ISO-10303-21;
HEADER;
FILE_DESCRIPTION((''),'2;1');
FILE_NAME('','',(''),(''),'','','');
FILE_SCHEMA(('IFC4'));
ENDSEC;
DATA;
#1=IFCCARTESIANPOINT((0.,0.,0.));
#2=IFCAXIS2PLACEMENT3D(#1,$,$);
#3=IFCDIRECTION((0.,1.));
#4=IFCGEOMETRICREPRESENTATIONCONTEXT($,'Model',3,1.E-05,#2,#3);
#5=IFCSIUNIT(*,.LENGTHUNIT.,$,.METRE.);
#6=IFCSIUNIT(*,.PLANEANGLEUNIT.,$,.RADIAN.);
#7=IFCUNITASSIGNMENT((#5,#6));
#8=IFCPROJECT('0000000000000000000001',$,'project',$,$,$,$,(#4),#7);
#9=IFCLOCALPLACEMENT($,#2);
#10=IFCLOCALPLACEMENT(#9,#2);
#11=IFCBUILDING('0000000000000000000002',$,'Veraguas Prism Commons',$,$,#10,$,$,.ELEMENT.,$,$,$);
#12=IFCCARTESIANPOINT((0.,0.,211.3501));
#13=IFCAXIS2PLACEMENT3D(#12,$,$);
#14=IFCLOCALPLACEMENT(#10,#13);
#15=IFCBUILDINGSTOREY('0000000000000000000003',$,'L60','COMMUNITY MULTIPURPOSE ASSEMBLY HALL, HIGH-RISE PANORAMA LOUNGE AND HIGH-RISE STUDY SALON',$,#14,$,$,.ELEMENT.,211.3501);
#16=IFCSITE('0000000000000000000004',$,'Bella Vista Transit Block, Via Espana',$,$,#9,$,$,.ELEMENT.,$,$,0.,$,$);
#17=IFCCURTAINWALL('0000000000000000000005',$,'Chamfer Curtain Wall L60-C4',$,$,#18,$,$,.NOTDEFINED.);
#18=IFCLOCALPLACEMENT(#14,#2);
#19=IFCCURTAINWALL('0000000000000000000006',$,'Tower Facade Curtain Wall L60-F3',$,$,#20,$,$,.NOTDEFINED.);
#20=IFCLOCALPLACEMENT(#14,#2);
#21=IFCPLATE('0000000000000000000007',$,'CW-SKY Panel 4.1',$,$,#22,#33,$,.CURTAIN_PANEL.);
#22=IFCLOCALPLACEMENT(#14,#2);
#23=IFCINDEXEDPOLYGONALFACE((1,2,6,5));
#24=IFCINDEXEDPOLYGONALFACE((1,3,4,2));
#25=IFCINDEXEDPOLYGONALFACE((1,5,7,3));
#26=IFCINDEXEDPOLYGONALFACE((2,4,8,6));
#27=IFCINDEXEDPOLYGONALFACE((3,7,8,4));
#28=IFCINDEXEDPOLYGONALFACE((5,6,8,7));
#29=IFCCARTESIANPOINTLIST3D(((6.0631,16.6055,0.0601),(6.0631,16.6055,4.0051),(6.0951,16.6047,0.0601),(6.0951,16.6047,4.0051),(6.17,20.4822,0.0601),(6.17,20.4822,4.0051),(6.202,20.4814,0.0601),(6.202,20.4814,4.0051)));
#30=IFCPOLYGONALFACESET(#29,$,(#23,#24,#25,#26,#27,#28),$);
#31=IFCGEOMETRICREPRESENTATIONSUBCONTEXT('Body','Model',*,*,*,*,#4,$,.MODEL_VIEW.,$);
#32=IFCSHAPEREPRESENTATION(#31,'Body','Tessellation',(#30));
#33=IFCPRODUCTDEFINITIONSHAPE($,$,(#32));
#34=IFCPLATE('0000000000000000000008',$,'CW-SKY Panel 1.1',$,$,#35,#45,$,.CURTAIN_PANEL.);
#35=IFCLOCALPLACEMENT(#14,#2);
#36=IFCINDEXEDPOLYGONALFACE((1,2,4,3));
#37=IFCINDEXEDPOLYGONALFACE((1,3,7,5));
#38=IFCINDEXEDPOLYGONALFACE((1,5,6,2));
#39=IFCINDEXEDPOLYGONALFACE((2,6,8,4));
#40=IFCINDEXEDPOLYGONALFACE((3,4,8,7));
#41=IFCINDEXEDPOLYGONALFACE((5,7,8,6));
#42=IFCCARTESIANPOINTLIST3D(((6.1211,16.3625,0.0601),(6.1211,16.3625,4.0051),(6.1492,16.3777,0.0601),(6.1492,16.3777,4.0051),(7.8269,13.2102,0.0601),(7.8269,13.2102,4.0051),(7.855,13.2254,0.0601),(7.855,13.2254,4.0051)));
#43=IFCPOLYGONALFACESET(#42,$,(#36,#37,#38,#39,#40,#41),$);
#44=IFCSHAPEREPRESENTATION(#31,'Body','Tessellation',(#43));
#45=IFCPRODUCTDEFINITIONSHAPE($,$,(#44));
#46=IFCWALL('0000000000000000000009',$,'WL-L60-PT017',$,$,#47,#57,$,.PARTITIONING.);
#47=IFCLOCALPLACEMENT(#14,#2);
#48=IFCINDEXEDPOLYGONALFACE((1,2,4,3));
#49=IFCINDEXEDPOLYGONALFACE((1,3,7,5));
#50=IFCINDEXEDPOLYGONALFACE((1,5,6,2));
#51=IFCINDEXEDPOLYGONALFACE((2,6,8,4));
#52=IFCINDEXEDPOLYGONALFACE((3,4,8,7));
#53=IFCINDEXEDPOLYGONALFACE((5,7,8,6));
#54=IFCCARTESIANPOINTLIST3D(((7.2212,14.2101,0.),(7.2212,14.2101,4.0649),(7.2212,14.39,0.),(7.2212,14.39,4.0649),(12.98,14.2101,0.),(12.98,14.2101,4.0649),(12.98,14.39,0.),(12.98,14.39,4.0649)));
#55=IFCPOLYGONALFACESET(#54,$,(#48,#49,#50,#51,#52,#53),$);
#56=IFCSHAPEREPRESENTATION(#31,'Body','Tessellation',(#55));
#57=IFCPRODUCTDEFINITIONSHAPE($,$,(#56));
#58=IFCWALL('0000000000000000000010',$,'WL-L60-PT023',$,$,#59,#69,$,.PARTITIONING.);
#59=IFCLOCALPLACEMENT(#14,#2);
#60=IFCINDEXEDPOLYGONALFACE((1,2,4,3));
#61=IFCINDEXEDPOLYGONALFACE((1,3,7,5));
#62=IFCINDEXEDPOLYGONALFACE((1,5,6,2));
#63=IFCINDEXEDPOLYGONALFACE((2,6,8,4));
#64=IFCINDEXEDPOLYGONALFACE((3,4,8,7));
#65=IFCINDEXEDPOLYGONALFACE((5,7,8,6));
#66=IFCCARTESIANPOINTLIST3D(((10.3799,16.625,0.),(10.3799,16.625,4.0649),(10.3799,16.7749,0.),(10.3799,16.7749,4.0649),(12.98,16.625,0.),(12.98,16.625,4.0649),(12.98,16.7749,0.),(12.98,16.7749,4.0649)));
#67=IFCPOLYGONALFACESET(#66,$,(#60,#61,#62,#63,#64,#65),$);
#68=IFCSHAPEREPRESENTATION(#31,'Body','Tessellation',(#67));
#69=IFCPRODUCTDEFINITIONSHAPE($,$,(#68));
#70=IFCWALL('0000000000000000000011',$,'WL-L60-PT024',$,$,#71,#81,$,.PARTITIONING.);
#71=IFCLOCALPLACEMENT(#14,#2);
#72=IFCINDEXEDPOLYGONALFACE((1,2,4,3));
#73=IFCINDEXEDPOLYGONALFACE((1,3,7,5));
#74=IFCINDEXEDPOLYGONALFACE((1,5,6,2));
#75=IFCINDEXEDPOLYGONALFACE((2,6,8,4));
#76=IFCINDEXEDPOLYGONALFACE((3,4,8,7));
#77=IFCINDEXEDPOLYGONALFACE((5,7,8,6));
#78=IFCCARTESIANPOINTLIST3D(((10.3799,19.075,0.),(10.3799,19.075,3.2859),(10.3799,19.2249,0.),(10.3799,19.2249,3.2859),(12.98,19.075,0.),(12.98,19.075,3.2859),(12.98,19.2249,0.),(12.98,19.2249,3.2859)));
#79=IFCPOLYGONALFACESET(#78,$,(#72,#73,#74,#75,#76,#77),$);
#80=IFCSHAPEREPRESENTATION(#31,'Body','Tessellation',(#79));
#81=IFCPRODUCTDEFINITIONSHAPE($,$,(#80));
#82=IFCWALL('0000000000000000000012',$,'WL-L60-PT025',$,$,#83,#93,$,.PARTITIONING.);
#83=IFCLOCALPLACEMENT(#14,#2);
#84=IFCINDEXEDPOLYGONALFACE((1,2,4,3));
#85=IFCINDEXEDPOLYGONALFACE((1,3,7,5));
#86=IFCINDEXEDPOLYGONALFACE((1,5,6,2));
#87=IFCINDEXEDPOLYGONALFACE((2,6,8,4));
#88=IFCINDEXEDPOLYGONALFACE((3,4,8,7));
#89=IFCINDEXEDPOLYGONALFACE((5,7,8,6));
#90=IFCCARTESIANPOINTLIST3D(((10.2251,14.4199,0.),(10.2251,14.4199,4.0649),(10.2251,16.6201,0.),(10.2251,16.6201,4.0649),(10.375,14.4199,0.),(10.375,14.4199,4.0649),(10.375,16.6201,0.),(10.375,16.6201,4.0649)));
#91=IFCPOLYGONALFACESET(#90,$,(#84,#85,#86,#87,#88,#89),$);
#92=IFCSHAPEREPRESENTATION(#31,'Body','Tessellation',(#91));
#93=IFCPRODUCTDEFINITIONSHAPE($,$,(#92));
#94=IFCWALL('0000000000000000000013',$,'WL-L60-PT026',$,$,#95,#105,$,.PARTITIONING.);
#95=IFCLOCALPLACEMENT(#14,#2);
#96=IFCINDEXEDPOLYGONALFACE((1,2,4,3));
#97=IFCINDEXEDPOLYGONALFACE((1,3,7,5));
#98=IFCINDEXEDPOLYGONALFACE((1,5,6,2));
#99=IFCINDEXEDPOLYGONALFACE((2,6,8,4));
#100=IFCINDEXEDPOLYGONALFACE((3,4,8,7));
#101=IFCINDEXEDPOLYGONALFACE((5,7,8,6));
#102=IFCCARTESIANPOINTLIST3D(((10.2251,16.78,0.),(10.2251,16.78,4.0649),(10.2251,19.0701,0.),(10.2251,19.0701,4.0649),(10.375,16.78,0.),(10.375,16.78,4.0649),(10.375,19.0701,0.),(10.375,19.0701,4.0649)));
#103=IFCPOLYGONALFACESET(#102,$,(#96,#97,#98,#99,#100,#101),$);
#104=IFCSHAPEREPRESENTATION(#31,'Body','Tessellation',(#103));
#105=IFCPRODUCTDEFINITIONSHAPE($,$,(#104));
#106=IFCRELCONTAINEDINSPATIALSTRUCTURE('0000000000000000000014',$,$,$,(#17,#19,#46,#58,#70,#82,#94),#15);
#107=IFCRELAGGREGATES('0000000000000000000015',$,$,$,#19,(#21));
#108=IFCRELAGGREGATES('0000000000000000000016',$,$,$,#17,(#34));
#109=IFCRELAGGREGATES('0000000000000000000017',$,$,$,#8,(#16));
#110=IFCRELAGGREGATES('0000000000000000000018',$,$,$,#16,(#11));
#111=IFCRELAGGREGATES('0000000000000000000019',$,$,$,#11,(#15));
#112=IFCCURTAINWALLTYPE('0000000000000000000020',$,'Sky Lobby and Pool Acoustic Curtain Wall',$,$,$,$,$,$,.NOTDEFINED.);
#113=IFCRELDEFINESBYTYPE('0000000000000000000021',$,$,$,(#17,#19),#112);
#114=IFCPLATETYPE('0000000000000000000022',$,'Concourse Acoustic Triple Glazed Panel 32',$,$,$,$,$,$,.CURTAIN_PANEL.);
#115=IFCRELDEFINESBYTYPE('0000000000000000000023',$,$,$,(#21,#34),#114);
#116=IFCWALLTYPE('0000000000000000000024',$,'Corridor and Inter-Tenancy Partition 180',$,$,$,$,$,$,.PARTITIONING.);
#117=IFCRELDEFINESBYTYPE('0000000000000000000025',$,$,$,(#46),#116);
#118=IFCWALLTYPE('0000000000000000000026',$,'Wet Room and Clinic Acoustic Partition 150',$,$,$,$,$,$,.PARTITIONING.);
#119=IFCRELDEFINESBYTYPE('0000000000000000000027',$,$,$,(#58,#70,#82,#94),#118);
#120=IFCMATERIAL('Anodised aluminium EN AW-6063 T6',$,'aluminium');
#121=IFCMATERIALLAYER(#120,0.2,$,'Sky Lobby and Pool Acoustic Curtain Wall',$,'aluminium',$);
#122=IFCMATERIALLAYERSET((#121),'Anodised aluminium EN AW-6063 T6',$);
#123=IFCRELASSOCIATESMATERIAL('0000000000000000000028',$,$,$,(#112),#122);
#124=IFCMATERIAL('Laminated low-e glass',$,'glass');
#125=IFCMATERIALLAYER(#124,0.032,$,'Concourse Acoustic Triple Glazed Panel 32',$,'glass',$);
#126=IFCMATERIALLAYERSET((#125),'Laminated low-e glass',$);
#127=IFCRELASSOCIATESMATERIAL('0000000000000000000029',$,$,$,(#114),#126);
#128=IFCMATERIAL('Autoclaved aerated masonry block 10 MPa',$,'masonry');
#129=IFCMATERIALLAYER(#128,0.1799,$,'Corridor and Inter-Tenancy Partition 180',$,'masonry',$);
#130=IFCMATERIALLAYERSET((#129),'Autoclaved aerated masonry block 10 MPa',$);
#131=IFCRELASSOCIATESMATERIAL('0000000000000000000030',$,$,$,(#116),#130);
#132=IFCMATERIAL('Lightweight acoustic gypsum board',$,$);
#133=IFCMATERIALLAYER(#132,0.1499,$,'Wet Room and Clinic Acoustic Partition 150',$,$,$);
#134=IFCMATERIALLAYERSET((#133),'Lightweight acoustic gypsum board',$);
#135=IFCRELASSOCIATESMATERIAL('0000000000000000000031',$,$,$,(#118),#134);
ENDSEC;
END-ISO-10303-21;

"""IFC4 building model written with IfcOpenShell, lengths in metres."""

from ifc_helpers import new_model, si_unit, direction, frame, frame_2d, origin, origin_2d, place, context, subcontext, project, spatial, rectangle, extrude, source, transform, mapped, material, layer, layer_set, type_object, element, aggregate, save


model = new_model("IFC4")

# Units and contexts
model_context = context("Model", 3, precision=1e-05, world=origin(), true_north=direction((0.0, 1.0)))
body_context = subcontext(model_context, "Body", "Model", "MODEL_VIEW")
ifc_project = project(units=[si_unit("LENGTHUNIT", "METRE"), si_unit("PLANEANGLEUNIT", "RADIAN")], contexts=[model_context])

# Site, building, storey
site_placement = place(None, origin())
site = spatial("IfcSite", under=ifc_project, at=site_placement, Name="Bella Vista Transit Block, Via Espana", CompositionType="ELEMENT", RefElevation=0.0)
building_placement = place(site_placement, origin())
building = spatial("IfcBuilding", under=site, at=building_placement, Name="Veraguas Prism Commons", CompositionType="ELEMENT")
storey_placement = place(building_placement, frame((0.0, 0.0, 211.3501)))
storey = spatial("IfcBuildingStorey", under=building, at=storey_placement, Name="L60", Description="COMMUNITY MULTIPURPOSE ASSEMBLY HALL, HIGH-RISE PANORAMA LOUNGE AND HIGH-RISE STUDY SALON", CompositionType="ELEMENT", Elevation=211.3501)

# Curtain walls
ifc_material_1 = material(Name="Anodised aluminium EN AW-6063 T6", Category="aluminium")
ifc_layer_1 = layer(ifc_material_1, 0.2, Name="Sky Lobby and Pool Acoustic Curtain Wall", Category="aluminium")
ifc_layer_set_1 = layer_set([ifc_layer_1], Name="Anodised aluminium EN AW-6063 T6")
curtain_wall_type = type_object("IfcCurtainWallType", Name="Sky Lobby and Pool Acoustic Curtain Wall", PredefinedType="NOTDEFINED", material=ifc_layer_set_1)
curtain_wall_1_placement = place(storey_placement, origin())
curtain_wall_1 = element("IfcCurtainWall", 1, at=curtain_wall_1_placement, inside=storey, type_object=curtain_wall_type, Name="Chamfer Curtain Wall L60-C4", PredefinedType="NOTDEFINED")
curtain_wall_2_placement = place(storey_placement, origin())
curtain_wall_2 = element("IfcCurtainWall", 2, at=curtain_wall_2_placement, inside=storey, type_object=curtain_wall_type, Name="Tower Facade Curtain Wall L60-F3", PredefinedType="NOTDEFINED")

# Plates
ifc_material_2 = material(Name="Laminated low-e glass", Category="glass")
ifc_layer_2 = layer(ifc_material_2, 0.032, Name="Concourse Acoustic Triple Glazed Panel 32", Category="glass")
ifc_layer_set_2 = layer_set([ifc_layer_2], Name="Laminated low-e glass")
plate_type = type_object("IfcPlateType", Name="Concourse Acoustic Triple Glazed Panel 32", PredefinedType="CURTAIN_PANEL", material=ifc_layer_set_2)
shared_shape_1 = source(origin(), body_context, "Body", "SweptSolid", [
    extrude(rectangle(XDim=3.8782, YDim=0.032, at=origin_2d()), origin(), (0.0, 0.0, 1.0), 3.9451),
])
plate_1_placement = place(storey_placement, frame((6.1326, 18.5435, 0.0601), z_axis=(0.0, 0.0, 1.0), x_axis=(-0.027567, -0.99962, 0.0)))
plate_1 = element("IfcPlate", 3, at=plate_1_placement, type_object=plate_type, Name="CW-SKY Panel 4.1", PredefinedType="CURTAIN_PANEL", context=body_context, shape_type="MappedRepresentation", body=[
    mapped(shared_shape_1, transform((0.0, 0.0, 0.0), scale=1.0)),
])
aggregate(curtain_wall_2, [plate_1])
shared_shape_2 = source(origin(), body_context, "Body", "SweptSolid", [
    extrude(rectangle(XDim=3.5842, YDim=0.032, at=origin_2d()), origin(), (0.0, 0.0, 1.0), 3.9451),
])
plate_2_placement = place(storey_placement, frame((6.988, 14.7939, 0.0601), z_axis=(0.0, 0.0, 1.0), x_axis=(0.475928, -0.879484, 0.0)))
plate_2 = element("IfcPlate", 4, at=plate_2_placement, type_object=plate_type, Name="CW-SKY Panel 1.1", PredefinedType="CURTAIN_PANEL", context=body_context, shape_type="MappedRepresentation", body=[
    mapped(shared_shape_2, transform((0.0, 0.0, 0.0), scale=1.0)),
])
aggregate(curtain_wall_1, [plate_2])

# Walls
ifc_material_3 = material(Name="Autoclaved aerated masonry block 10 MPa", Category="masonry")
ifc_layer_3 = layer(ifc_material_3, 0.1799, Name="Corridor and Inter-Tenancy Partition 180", Category="masonry")
ifc_layer_set_3 = layer_set([ifc_layer_3], Name="Autoclaved aerated masonry block 10 MPa")
wall_type_1 = type_object("IfcWallType", Name="Corridor and Inter-Tenancy Partition 180", PredefinedType="PARTITIONING", material=ifc_layer_set_3)
wall_1_placement = place(storey_placement, frame((12.98, 14.3, 0.0), z_axis=(0.0, 0.0, 1.0), x_axis=(-1.0, 0.0, 0.0)))
element("IfcWall", 5, at=wall_1_placement, inside=storey, type_object=wall_type_1, Name="WL-L60-PT017", PredefinedType="PARTITIONING", context=body_context, shape_type="SweptSolid", body=[
    extrude(rectangle(XDim=5.7588, YDim=0.1799, at=frame_2d((2.8794, 0.0))), origin(), (0.0, 0.0, 1.0), 4.0649),
])
ifc_material_4 = material(Name="Lightweight acoustic gypsum board")
ifc_layer_4 = layer(ifc_material_4, 0.1499, Name="Wet Room and Clinic Acoustic Partition 150")
ifc_layer_set_4 = layer_set([ifc_layer_4], Name="Lightweight acoustic gypsum board")
wall_type_2 = type_object("IfcWallType", Name="Wet Room and Clinic Acoustic Partition 150", PredefinedType="PARTITIONING", material=ifc_layer_set_4)
wall_2_placement = place(storey_placement, frame((12.98, 16.7, 0.0), z_axis=(0.0, 0.0, 1.0), x_axis=(-1.0, 0.0, 0.0)))
element("IfcWall", 6, at=wall_2_placement, inside=storey, type_object=wall_type_2, Name="WL-L60-PT023", PredefinedType="PARTITIONING", context=body_context, shape_type="SweptSolid", body=[
    extrude(rectangle(XDim=2.6001, YDim=0.1499, at=frame_2d((1.3, 0.0))), origin(), (0.0, 0.0, 1.0), 4.0649),
])
wall_3_placement = place(storey_placement, frame((12.98, 19.1499, 0.0), z_axis=(0.0, 0.0, 1.0), x_axis=(-1.0, 0.0, 0.0)))
element("IfcWall", 7, at=wall_3_placement, inside=storey, type_object=wall_type_2, Name="WL-L60-PT024", PredefinedType="PARTITIONING", context=body_context, shape_type="SweptSolid", body=[
    extrude(rectangle(XDim=2.6001, YDim=0.1499, at=frame_2d((1.3, 0.0))), origin(), (0.0, 0.0, 1.0), 3.2859),
])
wall_4_placement = place(storey_placement, frame((10.3, 14.4199, 0.0), z_axis=(0.0, 0.0, 1.0), x_axis=(0.0, 1.0, 0.0)))
element("IfcWall", 8, at=wall_4_placement, inside=storey, type_object=wall_type_2, Name="WL-L60-PT025", PredefinedType="PARTITIONING", context=body_context, shape_type="SweptSolid", body=[
    extrude(rectangle(XDim=2.2002, YDim=0.1499, at=frame_2d((1.1001, 0.0))), origin(), (0.0, 0.0, 1.0), 4.0649),
])
wall_5_placement = place(storey_placement, frame((10.3, 16.78, 0.0), z_axis=(0.0, 0.0, 1.0), x_axis=(0.0, 1.0, 0.0)))
element("IfcWall", 9, at=wall_5_placement, inside=storey, type_object=wall_type_2, Name="WL-L60-PT026", PredefinedType="PARTITIONING", context=body_context, shape_type="SweptSolid", body=[
    extrude(rectangle(XDim=2.29, YDim=0.1499, at=frame_2d((1.145, 0.0))), origin(), (0.0, 0.0, 1.0), 4.0649),
])

save(model, "model.ifc")
